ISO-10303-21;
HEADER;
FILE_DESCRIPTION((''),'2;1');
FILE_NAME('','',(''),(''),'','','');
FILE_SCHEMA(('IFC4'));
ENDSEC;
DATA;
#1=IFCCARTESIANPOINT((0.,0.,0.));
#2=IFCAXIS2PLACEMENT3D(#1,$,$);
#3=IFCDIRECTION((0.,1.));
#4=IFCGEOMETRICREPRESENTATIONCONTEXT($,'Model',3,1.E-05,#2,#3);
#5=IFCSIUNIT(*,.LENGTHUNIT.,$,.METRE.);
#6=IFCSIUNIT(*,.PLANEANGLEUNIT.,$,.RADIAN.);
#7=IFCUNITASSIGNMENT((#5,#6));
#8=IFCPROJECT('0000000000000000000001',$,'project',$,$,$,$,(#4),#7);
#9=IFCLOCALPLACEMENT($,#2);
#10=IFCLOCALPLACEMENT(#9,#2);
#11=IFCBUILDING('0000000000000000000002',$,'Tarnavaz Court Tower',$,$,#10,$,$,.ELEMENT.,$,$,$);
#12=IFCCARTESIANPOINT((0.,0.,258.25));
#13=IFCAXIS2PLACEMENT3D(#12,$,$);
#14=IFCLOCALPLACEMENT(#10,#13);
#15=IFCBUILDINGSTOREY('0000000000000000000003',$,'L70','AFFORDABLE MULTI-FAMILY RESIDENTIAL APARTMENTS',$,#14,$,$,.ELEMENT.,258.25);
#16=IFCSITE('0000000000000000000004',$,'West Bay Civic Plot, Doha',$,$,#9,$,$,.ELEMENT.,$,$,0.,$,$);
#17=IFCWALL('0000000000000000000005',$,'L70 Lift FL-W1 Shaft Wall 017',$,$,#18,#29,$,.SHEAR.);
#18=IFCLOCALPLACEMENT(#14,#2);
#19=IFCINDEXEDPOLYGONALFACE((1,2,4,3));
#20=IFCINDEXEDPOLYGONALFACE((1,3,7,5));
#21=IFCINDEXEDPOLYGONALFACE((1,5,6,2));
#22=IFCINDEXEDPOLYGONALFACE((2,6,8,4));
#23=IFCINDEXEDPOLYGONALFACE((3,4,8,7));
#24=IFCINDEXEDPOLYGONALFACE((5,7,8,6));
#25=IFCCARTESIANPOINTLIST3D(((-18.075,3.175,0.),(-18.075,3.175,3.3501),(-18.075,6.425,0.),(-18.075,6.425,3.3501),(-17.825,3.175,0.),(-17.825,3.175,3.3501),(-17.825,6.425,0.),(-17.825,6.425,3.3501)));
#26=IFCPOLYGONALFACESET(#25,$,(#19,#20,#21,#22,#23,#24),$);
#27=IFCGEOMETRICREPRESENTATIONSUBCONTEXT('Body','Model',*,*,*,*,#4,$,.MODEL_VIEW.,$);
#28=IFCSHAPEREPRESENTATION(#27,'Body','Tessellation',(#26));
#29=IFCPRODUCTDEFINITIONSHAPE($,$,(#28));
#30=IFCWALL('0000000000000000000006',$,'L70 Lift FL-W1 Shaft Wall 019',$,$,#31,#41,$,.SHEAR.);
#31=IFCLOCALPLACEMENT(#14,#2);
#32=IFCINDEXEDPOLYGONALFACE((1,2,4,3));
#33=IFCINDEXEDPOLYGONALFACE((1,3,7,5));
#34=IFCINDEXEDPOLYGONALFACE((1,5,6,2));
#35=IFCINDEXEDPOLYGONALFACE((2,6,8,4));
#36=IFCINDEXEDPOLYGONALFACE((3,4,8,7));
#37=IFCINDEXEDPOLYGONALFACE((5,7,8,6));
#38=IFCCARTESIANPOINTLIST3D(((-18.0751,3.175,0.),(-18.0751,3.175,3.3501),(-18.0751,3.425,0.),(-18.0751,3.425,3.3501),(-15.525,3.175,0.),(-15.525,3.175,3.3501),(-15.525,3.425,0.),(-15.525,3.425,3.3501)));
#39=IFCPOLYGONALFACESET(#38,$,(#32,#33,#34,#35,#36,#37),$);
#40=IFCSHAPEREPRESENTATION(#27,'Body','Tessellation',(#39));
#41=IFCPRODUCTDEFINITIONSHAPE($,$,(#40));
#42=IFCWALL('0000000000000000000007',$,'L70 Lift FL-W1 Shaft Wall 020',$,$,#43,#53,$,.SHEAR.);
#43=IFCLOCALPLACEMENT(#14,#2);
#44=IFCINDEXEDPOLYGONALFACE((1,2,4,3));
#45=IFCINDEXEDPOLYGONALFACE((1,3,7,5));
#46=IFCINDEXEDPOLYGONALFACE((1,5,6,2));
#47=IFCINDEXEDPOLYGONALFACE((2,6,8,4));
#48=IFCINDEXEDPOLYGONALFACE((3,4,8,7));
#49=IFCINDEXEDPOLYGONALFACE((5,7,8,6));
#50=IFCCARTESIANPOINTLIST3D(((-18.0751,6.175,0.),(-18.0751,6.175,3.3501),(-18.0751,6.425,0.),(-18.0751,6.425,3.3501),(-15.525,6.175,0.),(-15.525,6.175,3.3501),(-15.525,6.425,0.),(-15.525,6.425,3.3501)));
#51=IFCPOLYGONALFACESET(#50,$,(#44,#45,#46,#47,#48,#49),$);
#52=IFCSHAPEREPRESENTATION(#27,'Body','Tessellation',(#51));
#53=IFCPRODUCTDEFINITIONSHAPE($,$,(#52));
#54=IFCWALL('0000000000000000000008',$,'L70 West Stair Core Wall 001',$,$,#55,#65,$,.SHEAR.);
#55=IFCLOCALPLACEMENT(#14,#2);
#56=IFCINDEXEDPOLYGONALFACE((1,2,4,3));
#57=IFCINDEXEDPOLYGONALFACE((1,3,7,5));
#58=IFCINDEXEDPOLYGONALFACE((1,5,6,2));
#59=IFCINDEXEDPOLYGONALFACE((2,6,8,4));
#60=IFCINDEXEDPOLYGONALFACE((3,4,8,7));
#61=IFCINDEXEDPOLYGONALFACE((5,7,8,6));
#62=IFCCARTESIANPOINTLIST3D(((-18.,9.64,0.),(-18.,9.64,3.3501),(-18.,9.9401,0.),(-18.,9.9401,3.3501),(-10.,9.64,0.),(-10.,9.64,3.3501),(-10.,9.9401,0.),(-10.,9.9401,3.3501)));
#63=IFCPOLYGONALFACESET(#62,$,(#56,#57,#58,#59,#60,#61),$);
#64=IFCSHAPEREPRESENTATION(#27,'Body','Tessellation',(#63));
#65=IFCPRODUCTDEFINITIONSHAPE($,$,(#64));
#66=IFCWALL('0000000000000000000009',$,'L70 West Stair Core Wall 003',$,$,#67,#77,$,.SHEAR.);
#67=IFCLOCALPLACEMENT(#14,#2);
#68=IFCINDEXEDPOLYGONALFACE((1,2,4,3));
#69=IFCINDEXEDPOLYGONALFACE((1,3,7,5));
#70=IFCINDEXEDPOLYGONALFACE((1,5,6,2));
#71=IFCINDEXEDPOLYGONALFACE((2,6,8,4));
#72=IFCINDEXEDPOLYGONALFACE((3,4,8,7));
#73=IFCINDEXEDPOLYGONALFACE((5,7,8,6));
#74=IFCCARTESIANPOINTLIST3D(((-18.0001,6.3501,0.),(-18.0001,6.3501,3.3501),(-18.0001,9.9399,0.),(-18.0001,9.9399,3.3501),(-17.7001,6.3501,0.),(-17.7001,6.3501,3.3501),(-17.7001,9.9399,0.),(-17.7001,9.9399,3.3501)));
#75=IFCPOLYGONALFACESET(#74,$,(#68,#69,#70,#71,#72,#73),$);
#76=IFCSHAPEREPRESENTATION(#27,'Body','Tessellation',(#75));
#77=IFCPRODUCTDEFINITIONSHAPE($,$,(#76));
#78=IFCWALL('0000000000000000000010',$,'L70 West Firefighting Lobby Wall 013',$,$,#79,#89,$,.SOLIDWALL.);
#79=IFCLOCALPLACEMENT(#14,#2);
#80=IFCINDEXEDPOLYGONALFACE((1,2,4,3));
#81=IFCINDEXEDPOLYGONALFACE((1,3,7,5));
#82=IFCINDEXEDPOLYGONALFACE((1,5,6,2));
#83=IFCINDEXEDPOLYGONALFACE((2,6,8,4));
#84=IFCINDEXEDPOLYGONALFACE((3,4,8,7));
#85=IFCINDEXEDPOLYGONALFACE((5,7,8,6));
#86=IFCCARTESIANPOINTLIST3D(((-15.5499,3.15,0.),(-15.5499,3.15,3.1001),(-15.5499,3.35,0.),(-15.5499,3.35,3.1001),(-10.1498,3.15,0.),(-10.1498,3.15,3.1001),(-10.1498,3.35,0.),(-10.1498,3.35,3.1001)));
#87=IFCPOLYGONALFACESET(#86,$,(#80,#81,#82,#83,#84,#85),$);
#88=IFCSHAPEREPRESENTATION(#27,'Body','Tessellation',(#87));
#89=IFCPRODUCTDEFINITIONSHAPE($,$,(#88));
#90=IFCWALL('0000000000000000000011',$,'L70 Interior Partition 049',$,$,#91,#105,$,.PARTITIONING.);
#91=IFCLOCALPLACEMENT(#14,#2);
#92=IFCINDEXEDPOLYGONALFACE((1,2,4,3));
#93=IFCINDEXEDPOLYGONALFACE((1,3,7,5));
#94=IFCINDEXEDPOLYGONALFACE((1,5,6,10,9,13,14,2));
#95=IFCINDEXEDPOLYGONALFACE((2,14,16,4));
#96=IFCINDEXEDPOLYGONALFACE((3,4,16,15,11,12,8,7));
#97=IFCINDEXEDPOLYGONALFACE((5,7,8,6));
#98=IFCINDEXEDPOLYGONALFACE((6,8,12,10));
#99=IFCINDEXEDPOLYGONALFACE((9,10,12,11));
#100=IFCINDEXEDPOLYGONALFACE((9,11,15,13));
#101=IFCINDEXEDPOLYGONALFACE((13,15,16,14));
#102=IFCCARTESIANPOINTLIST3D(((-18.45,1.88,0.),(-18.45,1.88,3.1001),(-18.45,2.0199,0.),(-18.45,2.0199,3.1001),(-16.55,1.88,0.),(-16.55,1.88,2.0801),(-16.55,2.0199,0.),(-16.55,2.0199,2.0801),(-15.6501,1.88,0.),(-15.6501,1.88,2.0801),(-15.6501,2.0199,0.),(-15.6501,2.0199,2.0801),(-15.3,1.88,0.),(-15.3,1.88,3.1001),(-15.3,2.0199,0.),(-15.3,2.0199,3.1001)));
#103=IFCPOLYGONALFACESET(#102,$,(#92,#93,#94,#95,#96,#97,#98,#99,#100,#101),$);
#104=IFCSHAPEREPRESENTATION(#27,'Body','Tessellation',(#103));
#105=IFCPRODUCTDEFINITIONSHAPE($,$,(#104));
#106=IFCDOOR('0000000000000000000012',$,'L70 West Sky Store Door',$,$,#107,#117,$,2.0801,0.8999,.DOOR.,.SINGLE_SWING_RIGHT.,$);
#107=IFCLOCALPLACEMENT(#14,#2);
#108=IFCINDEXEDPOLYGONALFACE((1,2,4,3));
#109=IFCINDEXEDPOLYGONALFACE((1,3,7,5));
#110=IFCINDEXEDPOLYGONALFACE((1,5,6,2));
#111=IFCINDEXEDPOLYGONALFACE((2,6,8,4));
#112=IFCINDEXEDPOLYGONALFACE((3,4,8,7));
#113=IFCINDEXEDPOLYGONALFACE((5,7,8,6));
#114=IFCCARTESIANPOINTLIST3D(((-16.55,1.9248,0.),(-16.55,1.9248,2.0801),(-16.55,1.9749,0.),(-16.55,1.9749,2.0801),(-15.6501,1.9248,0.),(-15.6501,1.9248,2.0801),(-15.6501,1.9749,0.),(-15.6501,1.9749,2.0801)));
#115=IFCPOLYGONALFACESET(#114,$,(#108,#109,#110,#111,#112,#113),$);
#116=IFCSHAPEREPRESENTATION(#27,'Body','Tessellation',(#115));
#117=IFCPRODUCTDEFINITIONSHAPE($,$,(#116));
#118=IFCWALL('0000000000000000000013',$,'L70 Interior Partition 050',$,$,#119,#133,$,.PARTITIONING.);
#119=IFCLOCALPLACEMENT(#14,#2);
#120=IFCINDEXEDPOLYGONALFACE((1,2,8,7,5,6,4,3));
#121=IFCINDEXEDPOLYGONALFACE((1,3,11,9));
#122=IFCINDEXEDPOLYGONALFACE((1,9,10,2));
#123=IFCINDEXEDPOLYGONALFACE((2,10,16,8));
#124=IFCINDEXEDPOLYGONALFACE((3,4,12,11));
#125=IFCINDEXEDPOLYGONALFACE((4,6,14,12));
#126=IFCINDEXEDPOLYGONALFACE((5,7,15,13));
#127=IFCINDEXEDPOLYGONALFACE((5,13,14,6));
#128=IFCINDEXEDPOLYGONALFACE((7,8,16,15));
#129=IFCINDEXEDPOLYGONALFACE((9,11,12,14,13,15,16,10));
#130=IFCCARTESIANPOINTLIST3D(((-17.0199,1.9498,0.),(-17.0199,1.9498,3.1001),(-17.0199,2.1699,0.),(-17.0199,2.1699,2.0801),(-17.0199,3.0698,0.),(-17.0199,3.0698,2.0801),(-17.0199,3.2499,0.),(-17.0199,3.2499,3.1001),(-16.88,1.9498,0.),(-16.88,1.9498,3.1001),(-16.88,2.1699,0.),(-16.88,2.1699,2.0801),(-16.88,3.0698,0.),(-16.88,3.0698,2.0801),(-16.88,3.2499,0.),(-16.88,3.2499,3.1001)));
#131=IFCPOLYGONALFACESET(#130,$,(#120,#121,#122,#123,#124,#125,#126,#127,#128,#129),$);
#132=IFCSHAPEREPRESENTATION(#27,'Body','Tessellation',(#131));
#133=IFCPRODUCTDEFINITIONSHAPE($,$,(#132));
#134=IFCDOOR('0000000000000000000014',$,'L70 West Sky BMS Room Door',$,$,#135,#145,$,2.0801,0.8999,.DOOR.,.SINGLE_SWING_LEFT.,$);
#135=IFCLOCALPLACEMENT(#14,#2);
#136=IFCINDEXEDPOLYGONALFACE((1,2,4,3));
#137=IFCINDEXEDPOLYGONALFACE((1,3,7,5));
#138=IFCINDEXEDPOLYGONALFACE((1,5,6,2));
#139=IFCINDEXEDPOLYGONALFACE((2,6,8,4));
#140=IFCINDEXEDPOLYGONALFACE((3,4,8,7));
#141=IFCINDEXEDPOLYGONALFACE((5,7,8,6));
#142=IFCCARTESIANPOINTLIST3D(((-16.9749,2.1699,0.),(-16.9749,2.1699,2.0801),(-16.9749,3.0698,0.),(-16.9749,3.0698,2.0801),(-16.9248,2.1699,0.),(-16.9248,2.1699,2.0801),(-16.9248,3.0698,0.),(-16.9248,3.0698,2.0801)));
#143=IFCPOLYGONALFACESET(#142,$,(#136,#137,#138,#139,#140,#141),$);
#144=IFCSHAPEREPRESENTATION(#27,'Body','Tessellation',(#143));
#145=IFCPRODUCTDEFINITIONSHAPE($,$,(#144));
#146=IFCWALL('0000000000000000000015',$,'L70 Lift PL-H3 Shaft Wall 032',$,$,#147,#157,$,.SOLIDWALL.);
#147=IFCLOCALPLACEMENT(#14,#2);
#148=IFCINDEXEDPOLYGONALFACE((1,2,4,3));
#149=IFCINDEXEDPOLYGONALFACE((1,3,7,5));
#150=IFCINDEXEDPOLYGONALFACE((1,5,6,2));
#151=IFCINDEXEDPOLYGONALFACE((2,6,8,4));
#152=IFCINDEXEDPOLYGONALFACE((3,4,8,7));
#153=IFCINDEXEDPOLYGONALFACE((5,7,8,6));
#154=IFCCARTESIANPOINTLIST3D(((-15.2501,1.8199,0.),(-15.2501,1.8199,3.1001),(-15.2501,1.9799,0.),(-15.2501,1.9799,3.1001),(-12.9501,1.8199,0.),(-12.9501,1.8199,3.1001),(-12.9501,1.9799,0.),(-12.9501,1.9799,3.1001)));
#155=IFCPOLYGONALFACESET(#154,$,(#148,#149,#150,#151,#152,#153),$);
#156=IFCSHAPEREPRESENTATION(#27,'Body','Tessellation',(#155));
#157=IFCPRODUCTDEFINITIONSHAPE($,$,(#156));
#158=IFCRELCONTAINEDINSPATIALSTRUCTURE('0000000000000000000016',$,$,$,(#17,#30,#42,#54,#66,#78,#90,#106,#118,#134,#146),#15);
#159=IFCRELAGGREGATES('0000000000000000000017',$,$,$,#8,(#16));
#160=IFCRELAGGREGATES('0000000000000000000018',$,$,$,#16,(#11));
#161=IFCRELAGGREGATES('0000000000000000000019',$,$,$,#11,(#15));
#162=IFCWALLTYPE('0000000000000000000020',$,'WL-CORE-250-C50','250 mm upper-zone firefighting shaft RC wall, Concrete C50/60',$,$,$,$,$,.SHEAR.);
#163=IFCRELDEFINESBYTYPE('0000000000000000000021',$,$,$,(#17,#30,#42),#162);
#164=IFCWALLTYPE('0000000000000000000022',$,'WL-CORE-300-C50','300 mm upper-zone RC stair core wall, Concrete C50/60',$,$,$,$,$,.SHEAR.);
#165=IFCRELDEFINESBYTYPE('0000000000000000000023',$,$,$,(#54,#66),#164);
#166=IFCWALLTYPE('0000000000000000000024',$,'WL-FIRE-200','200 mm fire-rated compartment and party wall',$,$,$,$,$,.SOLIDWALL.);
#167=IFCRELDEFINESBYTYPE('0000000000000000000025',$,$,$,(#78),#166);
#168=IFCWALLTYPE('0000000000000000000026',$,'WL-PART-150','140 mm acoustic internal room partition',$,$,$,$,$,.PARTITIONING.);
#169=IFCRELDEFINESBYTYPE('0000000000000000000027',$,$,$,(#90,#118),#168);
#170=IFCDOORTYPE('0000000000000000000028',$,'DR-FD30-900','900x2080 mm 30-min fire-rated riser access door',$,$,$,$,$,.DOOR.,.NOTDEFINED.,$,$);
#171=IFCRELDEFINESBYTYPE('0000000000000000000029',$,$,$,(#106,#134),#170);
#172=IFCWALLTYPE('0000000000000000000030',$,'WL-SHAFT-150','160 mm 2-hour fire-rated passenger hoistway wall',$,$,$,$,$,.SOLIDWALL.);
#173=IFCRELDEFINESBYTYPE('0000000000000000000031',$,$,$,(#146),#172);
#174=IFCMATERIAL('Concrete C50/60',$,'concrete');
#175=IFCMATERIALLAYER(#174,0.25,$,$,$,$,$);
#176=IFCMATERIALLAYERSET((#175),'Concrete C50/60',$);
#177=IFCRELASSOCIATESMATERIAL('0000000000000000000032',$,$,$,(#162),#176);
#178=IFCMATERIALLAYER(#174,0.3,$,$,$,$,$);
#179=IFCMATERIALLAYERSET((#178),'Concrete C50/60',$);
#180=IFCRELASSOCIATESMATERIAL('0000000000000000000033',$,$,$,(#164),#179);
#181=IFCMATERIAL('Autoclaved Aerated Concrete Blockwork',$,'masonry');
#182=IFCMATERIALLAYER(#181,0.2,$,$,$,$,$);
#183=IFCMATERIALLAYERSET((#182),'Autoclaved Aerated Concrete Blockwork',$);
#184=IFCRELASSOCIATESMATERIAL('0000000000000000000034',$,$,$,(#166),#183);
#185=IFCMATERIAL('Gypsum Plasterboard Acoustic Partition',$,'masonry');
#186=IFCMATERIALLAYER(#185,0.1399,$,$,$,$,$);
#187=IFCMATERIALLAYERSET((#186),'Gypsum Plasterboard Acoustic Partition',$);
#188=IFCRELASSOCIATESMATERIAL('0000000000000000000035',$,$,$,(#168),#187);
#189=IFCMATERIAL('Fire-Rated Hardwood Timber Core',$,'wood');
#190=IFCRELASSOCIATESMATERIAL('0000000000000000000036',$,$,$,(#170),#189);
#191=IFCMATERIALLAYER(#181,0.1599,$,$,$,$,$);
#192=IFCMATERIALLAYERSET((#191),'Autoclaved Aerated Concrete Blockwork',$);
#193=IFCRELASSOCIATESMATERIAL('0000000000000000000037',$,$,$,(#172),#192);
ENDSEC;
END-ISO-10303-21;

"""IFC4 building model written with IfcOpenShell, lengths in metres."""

from ifc_helpers import new_model, si_unit, direction, frame, frame_2d, origin, place, context, subcontext, project, spatial, rectangle, extrude, material, layer, layer_set, type_object, element, fill, save


model = new_model("IFC4")

# Units and contexts
model_context = context("Model", 3, precision=1e-05, world=origin(), true_north=direction((0.0, 1.0)))
body_context = subcontext(model_context, "Body", "Model", "MODEL_VIEW")
ifc_project = project(units=[si_unit("LENGTHUNIT", "METRE"), si_unit("PLANEANGLEUNIT", "RADIAN")], contexts=[model_context])

# Site, building, storey
site_placement = place(None, origin())
site = spatial("IfcSite", under=ifc_project, at=site_placement, Name="West Bay Civic Plot, Doha", CompositionType="ELEMENT", RefElevation=0.0)
building_placement = place(site_placement, origin())
building = spatial("IfcBuilding", under=site, at=building_placement, Name="Tarnavaz Court Tower", CompositionType="ELEMENT")
storey_placement = place(building_placement, frame((0.0, 0.0, 258.25)))
storey = spatial("IfcBuildingStorey", under=building, at=storey_placement, Name="L70", Description="AFFORDABLE MULTI-FAMILY RESIDENTIAL APARTMENTS", CompositionType="ELEMENT", Elevation=258.25)

# Shared definitions
ifc_material_1 = material(Name="Concrete C50/60", Category="concrete")

# Wall
ifc_layer_1 = layer(ifc_material_1, 0.25)
ifc_layer_set_1 = layer_set([ifc_layer_1], Name="Concrete C50/60")
wall_type_1 = type_object("IfcWallType", Name="WL-CORE-250-C50", Description="250 mm upper-zone firefighting shaft RC wall, Concrete C50/60", PredefinedType="SHEAR", material=ifc_layer_set_1)
wall_1_placement = place(storey_placement, frame((-17.95, 3.175, 0.0), z_axis=(0.0, 0.0, 1.0), x_axis=(0.0, 1.0, 0.0)))
element("IfcWall", 1, at=wall_1_placement, inside=storey, type_object=wall_type_1, Name="L70 Lift FL-W1 Shaft Wall 017", PredefinedType="SHEAR", context=body_context, shape_type="SweptSolid", body=[
    extrude(rectangle(XDim=3.25, YDim=0.25, at=frame_2d((1.625, 0.0))), origin(), (0.0, 0.0, 1.0), 3.3501),
])

# Walls
for number, where, z_axis, x_axis, name in (
    (2, (-18.075, 3.3, 0.0), (0.0, 0.0, 1.0), (1.0, 0.0, 0.0), "L70 Lift FL-W1 Shaft Wall 019"),
    (3, (-18.075, 6.3, 0.0), (0.0, 0.0, 1.0), (1.0, 0.0, 0.0), "L70 Lift FL-W1 Shaft Wall 020"),
):
    element("IfcWall", number, at=place(storey_placement, frame(where, z_axis=z_axis, x_axis=x_axis)), inside=storey, type_object=wall_type_1, Name=name, PredefinedType="SHEAR", context=body_context, shape_type="SweptSolid", body=[
        extrude(rectangle(XDim=2.55, YDim=0.25, at=frame_2d((1.2749, 0.0))), origin(), (0.0, 0.0, 1.0), 3.3501),
    ])
ifc_layer_2 = layer(ifc_material_1, 0.3)
ifc_layer_set_2 = layer_set([ifc_layer_2], Name="Concrete C50/60")
wall_type_2 = type_object("IfcWallType", Name="WL-CORE-300-C50", Description="300 mm upper-zone RC stair core wall, Concrete C50/60", PredefinedType="SHEAR", material=ifc_layer_set_2)
wall_2_placement = place(storey_placement, frame((-18.0, 9.79, 0.0), z_axis=(0.0, 0.0, 1.0), x_axis=(1.0, 0.0, 0.0)))
element("IfcWall", 4, at=wall_2_placement, inside=storey, type_object=wall_type_2, Name="L70 West Stair Core Wall 001", PredefinedType="SHEAR", context=body_context, shape_type="SweptSolid", body=[
    extrude(rectangle(XDim=8.0, YDim=0.3, at=frame_2d((4.0, 0.0))), origin(), (0.0, 0.0, 1.0), 3.3501),
])

# Shared definitions
ifc_material_2 = material(Name="Fire-Rated Hardwood Timber Core", Category="wood")

# Walls
wall_3_placement = place(storey_placement, frame((-17.8501, 6.3501, 0.0), z_axis=(0.0, 0.0, 1.0), x_axis=(0.0, 1.0, 0.0)))
element("IfcWall", 5, at=wall_3_placement, inside=storey, type_object=wall_type_2, Name="L70 West Stair Core Wall 003", PredefinedType="SHEAR", context=body_context, shape_type="SweptSolid", body=[
    extrude(rectangle(XDim=3.5898, YDim=0.3, at=frame_2d((1.7949, 0.0))), origin(), (0.0, 0.0, 1.0), 3.3501),
])
ifc_material_3 = material(Name="Autoclaved Aerated Concrete Blockwork", Category="masonry")
ifc_layer_3 = layer(ifc_material_3, 0.2)
ifc_layer_set_3 = layer_set([ifc_layer_3], Name="Autoclaved Aerated Concrete Blockwork")
wall_type_3 = type_object("IfcWallType", Name="WL-FIRE-200", Description="200 mm fire-rated compartment and party wall", PredefinedType="SOLIDWALL", material=ifc_layer_set_3)
wall_4_placement = place(storey_placement, frame((-15.55, 3.25, 0.0), z_axis=(0.0, 0.0, 1.0), x_axis=(1.0, 0.0, 0.0)))
element("IfcWall", 6, at=wall_4_placement, inside=storey, type_object=wall_type_3, Name="L70 West Firefighting Lobby Wall 013", PredefinedType="SOLIDWALL", context=body_context, shape_type="SweptSolid", body=[
    extrude(rectangle(XDim=5.4001, YDim=0.2, at=frame_2d((2.7002, 0.0))), origin(), (0.0, 0.0, 1.0), 3.1001),
])

# Walls, openings, doors
ifc_material_4 = material(Name="Gypsum Plasterboard Acoustic Partition", Category="masonry")
ifc_layer_4 = layer(ifc_material_4, 0.1399)
ifc_layer_set_4 = layer_set([ifc_layer_4], Name="Gypsum Plasterboard Acoustic Partition")
wall_type_4 = type_object("IfcWallType", Name="WL-PART-150", Description="140 mm acoustic internal room partition", PredefinedType="PARTITIONING", material=ifc_layer_set_4)
wall_5_placement = place(storey_placement, frame((-18.45, 1.95, 0.0), z_axis=(0.0, 0.0, 1.0), x_axis=(1.0, 0.0, 0.0)))
wall_5 = element("IfcWall", 7, at=wall_5_placement, inside=storey, type_object=wall_type_4, Name="L70 Interior Partition 049", PredefinedType="PARTITIONING", context=body_context, shape_type="SweptSolid", body=[
    extrude(rectangle(XDim=3.1499, YDim=0.1399, at=frame_2d((1.575, 0.0))), origin(), (0.0, 0.0, 1.0), 3.1001),
])
opening_1_placement = place(wall_5_placement, frame((1.8999, 0.0, 0.0)))
opening_1 = element("IfcOpeningElement", 8, at=opening_1_placement, cuts=wall_5, PredefinedType="OPENING", context=body_context, shape_type="SweptSolid", body=[
    extrude(rectangle(XDim=0.8999, YDim=2.0801, at=frame_2d((0.45, 1.04))), frame((0.0, 0.0798, 0.0), z_axis=(0.0, -1.0, 0.0), x_axis=(1.0, 0.0, 0.0)), (0.0, 0.0, 1.0), 0.1599),
])
door_type_1 = type_object("IfcDoorType", Name="DR-FD30-900", Description="900x2080 mm 30-min fire-rated riser access door", OperationType="NOTDEFINED", PredefinedType="DOOR", material=ifc_material_2)
door_1_placement = place(opening_1_placement, origin())
door_1 = element("IfcDoor", 9, at=door_1_placement, inside=storey, type_object=door_type_1, Name="L70 West Sky Store Door", OperationType="SINGLE_SWING_RIGHT", OverallHeight=2.0801, OverallWidth=0.8999, PredefinedType="DOOR", context=body_context, shape_type="SweptSolid", body=[
    extrude(rectangle(XDim=0.8999, YDim=2.0801, at=frame_2d((0.45, 1.04))), frame((0.0, 0.0249, 0.0), z_axis=(0.0, -1.0, 0.0), x_axis=(1.0, 0.0, 0.0)), (0.0, 0.0, 1.0), 0.05),
])
fill(opening_1, door_1)
wall_6_placement = place(storey_placement, frame((-16.95, 1.95, 0.0), z_axis=(0.0, 0.0, 1.0), x_axis=(0.0, 1.0, 0.0)))
wall_6 = element("IfcWall", 10, at=wall_6_placement, inside=storey, type_object=wall_type_4, Name="L70 Interior Partition 050", PredefinedType="PARTITIONING", context=body_context, shape_type="SweptSolid", body=[
    extrude(rectangle(XDim=1.3, YDim=0.1399, at=frame_2d((0.6499, 0.0))), origin(), (0.0, 0.0, 1.0), 3.1001),
])
opening_2_placement = place(wall_6_placement, frame((0.22, 0.0, 0.0)))
opening_2 = element("IfcOpeningElement", 11, at=opening_2_placement, cuts=wall_6, PredefinedType="OPENING", context=body_context, shape_type="SweptSolid", body=[
    extrude(rectangle(XDim=0.8999, YDim=2.0801, at=frame_2d((0.45, 1.04))), frame((0.0, 0.0798, 0.0), z_axis=(0.0, -1.0, 0.0), x_axis=(1.0, 0.0, 0.0)), (0.0, 0.0, 1.0), 0.1599),
])
door_2_placement = place(opening_2_placement, origin())
door_2 = element("IfcDoor", 12, at=door_2_placement, inside=storey, type_object=door_type_1, Name="L70 West Sky BMS Room Door", OperationType="SINGLE_SWING_LEFT", OverallHeight=2.0801, OverallWidth=0.8999, PredefinedType="DOOR", context=body_context, shape_type="SweptSolid", body=[
    extrude(rectangle(XDim=0.8999, YDim=2.0801, at=frame_2d((0.45, 1.04))), frame((0.0, 0.0249, 0.0), z_axis=(0.0, -1.0, 0.0), x_axis=(1.0, 0.0, 0.0)), (0.0, 0.0, 1.0), 0.05),
])
fill(opening_2, door_2)

# Wall
ifc_layer_5 = layer(ifc_material_3, 0.1599)
ifc_layer_set_5 = layer_set([ifc_layer_5], Name="Autoclaved Aerated Concrete Blockwork")
wall_type_5 = type_object("IfcWallType", Name="WL-SHAFT-150", Description="160 mm 2-hour fire-rated passenger hoistway wall", PredefinedType="SOLIDWALL", material=ifc_layer_set_5)
wall_7_placement = place(storey_placement, frame((-15.25, 1.8999, 0.0), z_axis=(0.0, 0.0, 1.0), x_axis=(1.0, 0.0, 0.0)))
element("IfcWall", 13, at=wall_7_placement, inside=storey, type_object=wall_type_5, Name="L70 Lift PL-H3 Shaft Wall 032", PredefinedType="SOLIDWALL", context=body_context, shape_type="SweptSolid", body=[
    extrude(rectangle(XDim=2.3, YDim=0.1599, at=frame_2d((1.1499, 0.0))), origin(), (0.0, 0.0, 1.0), 3.1001),
])

save(model, "model.ifc")
